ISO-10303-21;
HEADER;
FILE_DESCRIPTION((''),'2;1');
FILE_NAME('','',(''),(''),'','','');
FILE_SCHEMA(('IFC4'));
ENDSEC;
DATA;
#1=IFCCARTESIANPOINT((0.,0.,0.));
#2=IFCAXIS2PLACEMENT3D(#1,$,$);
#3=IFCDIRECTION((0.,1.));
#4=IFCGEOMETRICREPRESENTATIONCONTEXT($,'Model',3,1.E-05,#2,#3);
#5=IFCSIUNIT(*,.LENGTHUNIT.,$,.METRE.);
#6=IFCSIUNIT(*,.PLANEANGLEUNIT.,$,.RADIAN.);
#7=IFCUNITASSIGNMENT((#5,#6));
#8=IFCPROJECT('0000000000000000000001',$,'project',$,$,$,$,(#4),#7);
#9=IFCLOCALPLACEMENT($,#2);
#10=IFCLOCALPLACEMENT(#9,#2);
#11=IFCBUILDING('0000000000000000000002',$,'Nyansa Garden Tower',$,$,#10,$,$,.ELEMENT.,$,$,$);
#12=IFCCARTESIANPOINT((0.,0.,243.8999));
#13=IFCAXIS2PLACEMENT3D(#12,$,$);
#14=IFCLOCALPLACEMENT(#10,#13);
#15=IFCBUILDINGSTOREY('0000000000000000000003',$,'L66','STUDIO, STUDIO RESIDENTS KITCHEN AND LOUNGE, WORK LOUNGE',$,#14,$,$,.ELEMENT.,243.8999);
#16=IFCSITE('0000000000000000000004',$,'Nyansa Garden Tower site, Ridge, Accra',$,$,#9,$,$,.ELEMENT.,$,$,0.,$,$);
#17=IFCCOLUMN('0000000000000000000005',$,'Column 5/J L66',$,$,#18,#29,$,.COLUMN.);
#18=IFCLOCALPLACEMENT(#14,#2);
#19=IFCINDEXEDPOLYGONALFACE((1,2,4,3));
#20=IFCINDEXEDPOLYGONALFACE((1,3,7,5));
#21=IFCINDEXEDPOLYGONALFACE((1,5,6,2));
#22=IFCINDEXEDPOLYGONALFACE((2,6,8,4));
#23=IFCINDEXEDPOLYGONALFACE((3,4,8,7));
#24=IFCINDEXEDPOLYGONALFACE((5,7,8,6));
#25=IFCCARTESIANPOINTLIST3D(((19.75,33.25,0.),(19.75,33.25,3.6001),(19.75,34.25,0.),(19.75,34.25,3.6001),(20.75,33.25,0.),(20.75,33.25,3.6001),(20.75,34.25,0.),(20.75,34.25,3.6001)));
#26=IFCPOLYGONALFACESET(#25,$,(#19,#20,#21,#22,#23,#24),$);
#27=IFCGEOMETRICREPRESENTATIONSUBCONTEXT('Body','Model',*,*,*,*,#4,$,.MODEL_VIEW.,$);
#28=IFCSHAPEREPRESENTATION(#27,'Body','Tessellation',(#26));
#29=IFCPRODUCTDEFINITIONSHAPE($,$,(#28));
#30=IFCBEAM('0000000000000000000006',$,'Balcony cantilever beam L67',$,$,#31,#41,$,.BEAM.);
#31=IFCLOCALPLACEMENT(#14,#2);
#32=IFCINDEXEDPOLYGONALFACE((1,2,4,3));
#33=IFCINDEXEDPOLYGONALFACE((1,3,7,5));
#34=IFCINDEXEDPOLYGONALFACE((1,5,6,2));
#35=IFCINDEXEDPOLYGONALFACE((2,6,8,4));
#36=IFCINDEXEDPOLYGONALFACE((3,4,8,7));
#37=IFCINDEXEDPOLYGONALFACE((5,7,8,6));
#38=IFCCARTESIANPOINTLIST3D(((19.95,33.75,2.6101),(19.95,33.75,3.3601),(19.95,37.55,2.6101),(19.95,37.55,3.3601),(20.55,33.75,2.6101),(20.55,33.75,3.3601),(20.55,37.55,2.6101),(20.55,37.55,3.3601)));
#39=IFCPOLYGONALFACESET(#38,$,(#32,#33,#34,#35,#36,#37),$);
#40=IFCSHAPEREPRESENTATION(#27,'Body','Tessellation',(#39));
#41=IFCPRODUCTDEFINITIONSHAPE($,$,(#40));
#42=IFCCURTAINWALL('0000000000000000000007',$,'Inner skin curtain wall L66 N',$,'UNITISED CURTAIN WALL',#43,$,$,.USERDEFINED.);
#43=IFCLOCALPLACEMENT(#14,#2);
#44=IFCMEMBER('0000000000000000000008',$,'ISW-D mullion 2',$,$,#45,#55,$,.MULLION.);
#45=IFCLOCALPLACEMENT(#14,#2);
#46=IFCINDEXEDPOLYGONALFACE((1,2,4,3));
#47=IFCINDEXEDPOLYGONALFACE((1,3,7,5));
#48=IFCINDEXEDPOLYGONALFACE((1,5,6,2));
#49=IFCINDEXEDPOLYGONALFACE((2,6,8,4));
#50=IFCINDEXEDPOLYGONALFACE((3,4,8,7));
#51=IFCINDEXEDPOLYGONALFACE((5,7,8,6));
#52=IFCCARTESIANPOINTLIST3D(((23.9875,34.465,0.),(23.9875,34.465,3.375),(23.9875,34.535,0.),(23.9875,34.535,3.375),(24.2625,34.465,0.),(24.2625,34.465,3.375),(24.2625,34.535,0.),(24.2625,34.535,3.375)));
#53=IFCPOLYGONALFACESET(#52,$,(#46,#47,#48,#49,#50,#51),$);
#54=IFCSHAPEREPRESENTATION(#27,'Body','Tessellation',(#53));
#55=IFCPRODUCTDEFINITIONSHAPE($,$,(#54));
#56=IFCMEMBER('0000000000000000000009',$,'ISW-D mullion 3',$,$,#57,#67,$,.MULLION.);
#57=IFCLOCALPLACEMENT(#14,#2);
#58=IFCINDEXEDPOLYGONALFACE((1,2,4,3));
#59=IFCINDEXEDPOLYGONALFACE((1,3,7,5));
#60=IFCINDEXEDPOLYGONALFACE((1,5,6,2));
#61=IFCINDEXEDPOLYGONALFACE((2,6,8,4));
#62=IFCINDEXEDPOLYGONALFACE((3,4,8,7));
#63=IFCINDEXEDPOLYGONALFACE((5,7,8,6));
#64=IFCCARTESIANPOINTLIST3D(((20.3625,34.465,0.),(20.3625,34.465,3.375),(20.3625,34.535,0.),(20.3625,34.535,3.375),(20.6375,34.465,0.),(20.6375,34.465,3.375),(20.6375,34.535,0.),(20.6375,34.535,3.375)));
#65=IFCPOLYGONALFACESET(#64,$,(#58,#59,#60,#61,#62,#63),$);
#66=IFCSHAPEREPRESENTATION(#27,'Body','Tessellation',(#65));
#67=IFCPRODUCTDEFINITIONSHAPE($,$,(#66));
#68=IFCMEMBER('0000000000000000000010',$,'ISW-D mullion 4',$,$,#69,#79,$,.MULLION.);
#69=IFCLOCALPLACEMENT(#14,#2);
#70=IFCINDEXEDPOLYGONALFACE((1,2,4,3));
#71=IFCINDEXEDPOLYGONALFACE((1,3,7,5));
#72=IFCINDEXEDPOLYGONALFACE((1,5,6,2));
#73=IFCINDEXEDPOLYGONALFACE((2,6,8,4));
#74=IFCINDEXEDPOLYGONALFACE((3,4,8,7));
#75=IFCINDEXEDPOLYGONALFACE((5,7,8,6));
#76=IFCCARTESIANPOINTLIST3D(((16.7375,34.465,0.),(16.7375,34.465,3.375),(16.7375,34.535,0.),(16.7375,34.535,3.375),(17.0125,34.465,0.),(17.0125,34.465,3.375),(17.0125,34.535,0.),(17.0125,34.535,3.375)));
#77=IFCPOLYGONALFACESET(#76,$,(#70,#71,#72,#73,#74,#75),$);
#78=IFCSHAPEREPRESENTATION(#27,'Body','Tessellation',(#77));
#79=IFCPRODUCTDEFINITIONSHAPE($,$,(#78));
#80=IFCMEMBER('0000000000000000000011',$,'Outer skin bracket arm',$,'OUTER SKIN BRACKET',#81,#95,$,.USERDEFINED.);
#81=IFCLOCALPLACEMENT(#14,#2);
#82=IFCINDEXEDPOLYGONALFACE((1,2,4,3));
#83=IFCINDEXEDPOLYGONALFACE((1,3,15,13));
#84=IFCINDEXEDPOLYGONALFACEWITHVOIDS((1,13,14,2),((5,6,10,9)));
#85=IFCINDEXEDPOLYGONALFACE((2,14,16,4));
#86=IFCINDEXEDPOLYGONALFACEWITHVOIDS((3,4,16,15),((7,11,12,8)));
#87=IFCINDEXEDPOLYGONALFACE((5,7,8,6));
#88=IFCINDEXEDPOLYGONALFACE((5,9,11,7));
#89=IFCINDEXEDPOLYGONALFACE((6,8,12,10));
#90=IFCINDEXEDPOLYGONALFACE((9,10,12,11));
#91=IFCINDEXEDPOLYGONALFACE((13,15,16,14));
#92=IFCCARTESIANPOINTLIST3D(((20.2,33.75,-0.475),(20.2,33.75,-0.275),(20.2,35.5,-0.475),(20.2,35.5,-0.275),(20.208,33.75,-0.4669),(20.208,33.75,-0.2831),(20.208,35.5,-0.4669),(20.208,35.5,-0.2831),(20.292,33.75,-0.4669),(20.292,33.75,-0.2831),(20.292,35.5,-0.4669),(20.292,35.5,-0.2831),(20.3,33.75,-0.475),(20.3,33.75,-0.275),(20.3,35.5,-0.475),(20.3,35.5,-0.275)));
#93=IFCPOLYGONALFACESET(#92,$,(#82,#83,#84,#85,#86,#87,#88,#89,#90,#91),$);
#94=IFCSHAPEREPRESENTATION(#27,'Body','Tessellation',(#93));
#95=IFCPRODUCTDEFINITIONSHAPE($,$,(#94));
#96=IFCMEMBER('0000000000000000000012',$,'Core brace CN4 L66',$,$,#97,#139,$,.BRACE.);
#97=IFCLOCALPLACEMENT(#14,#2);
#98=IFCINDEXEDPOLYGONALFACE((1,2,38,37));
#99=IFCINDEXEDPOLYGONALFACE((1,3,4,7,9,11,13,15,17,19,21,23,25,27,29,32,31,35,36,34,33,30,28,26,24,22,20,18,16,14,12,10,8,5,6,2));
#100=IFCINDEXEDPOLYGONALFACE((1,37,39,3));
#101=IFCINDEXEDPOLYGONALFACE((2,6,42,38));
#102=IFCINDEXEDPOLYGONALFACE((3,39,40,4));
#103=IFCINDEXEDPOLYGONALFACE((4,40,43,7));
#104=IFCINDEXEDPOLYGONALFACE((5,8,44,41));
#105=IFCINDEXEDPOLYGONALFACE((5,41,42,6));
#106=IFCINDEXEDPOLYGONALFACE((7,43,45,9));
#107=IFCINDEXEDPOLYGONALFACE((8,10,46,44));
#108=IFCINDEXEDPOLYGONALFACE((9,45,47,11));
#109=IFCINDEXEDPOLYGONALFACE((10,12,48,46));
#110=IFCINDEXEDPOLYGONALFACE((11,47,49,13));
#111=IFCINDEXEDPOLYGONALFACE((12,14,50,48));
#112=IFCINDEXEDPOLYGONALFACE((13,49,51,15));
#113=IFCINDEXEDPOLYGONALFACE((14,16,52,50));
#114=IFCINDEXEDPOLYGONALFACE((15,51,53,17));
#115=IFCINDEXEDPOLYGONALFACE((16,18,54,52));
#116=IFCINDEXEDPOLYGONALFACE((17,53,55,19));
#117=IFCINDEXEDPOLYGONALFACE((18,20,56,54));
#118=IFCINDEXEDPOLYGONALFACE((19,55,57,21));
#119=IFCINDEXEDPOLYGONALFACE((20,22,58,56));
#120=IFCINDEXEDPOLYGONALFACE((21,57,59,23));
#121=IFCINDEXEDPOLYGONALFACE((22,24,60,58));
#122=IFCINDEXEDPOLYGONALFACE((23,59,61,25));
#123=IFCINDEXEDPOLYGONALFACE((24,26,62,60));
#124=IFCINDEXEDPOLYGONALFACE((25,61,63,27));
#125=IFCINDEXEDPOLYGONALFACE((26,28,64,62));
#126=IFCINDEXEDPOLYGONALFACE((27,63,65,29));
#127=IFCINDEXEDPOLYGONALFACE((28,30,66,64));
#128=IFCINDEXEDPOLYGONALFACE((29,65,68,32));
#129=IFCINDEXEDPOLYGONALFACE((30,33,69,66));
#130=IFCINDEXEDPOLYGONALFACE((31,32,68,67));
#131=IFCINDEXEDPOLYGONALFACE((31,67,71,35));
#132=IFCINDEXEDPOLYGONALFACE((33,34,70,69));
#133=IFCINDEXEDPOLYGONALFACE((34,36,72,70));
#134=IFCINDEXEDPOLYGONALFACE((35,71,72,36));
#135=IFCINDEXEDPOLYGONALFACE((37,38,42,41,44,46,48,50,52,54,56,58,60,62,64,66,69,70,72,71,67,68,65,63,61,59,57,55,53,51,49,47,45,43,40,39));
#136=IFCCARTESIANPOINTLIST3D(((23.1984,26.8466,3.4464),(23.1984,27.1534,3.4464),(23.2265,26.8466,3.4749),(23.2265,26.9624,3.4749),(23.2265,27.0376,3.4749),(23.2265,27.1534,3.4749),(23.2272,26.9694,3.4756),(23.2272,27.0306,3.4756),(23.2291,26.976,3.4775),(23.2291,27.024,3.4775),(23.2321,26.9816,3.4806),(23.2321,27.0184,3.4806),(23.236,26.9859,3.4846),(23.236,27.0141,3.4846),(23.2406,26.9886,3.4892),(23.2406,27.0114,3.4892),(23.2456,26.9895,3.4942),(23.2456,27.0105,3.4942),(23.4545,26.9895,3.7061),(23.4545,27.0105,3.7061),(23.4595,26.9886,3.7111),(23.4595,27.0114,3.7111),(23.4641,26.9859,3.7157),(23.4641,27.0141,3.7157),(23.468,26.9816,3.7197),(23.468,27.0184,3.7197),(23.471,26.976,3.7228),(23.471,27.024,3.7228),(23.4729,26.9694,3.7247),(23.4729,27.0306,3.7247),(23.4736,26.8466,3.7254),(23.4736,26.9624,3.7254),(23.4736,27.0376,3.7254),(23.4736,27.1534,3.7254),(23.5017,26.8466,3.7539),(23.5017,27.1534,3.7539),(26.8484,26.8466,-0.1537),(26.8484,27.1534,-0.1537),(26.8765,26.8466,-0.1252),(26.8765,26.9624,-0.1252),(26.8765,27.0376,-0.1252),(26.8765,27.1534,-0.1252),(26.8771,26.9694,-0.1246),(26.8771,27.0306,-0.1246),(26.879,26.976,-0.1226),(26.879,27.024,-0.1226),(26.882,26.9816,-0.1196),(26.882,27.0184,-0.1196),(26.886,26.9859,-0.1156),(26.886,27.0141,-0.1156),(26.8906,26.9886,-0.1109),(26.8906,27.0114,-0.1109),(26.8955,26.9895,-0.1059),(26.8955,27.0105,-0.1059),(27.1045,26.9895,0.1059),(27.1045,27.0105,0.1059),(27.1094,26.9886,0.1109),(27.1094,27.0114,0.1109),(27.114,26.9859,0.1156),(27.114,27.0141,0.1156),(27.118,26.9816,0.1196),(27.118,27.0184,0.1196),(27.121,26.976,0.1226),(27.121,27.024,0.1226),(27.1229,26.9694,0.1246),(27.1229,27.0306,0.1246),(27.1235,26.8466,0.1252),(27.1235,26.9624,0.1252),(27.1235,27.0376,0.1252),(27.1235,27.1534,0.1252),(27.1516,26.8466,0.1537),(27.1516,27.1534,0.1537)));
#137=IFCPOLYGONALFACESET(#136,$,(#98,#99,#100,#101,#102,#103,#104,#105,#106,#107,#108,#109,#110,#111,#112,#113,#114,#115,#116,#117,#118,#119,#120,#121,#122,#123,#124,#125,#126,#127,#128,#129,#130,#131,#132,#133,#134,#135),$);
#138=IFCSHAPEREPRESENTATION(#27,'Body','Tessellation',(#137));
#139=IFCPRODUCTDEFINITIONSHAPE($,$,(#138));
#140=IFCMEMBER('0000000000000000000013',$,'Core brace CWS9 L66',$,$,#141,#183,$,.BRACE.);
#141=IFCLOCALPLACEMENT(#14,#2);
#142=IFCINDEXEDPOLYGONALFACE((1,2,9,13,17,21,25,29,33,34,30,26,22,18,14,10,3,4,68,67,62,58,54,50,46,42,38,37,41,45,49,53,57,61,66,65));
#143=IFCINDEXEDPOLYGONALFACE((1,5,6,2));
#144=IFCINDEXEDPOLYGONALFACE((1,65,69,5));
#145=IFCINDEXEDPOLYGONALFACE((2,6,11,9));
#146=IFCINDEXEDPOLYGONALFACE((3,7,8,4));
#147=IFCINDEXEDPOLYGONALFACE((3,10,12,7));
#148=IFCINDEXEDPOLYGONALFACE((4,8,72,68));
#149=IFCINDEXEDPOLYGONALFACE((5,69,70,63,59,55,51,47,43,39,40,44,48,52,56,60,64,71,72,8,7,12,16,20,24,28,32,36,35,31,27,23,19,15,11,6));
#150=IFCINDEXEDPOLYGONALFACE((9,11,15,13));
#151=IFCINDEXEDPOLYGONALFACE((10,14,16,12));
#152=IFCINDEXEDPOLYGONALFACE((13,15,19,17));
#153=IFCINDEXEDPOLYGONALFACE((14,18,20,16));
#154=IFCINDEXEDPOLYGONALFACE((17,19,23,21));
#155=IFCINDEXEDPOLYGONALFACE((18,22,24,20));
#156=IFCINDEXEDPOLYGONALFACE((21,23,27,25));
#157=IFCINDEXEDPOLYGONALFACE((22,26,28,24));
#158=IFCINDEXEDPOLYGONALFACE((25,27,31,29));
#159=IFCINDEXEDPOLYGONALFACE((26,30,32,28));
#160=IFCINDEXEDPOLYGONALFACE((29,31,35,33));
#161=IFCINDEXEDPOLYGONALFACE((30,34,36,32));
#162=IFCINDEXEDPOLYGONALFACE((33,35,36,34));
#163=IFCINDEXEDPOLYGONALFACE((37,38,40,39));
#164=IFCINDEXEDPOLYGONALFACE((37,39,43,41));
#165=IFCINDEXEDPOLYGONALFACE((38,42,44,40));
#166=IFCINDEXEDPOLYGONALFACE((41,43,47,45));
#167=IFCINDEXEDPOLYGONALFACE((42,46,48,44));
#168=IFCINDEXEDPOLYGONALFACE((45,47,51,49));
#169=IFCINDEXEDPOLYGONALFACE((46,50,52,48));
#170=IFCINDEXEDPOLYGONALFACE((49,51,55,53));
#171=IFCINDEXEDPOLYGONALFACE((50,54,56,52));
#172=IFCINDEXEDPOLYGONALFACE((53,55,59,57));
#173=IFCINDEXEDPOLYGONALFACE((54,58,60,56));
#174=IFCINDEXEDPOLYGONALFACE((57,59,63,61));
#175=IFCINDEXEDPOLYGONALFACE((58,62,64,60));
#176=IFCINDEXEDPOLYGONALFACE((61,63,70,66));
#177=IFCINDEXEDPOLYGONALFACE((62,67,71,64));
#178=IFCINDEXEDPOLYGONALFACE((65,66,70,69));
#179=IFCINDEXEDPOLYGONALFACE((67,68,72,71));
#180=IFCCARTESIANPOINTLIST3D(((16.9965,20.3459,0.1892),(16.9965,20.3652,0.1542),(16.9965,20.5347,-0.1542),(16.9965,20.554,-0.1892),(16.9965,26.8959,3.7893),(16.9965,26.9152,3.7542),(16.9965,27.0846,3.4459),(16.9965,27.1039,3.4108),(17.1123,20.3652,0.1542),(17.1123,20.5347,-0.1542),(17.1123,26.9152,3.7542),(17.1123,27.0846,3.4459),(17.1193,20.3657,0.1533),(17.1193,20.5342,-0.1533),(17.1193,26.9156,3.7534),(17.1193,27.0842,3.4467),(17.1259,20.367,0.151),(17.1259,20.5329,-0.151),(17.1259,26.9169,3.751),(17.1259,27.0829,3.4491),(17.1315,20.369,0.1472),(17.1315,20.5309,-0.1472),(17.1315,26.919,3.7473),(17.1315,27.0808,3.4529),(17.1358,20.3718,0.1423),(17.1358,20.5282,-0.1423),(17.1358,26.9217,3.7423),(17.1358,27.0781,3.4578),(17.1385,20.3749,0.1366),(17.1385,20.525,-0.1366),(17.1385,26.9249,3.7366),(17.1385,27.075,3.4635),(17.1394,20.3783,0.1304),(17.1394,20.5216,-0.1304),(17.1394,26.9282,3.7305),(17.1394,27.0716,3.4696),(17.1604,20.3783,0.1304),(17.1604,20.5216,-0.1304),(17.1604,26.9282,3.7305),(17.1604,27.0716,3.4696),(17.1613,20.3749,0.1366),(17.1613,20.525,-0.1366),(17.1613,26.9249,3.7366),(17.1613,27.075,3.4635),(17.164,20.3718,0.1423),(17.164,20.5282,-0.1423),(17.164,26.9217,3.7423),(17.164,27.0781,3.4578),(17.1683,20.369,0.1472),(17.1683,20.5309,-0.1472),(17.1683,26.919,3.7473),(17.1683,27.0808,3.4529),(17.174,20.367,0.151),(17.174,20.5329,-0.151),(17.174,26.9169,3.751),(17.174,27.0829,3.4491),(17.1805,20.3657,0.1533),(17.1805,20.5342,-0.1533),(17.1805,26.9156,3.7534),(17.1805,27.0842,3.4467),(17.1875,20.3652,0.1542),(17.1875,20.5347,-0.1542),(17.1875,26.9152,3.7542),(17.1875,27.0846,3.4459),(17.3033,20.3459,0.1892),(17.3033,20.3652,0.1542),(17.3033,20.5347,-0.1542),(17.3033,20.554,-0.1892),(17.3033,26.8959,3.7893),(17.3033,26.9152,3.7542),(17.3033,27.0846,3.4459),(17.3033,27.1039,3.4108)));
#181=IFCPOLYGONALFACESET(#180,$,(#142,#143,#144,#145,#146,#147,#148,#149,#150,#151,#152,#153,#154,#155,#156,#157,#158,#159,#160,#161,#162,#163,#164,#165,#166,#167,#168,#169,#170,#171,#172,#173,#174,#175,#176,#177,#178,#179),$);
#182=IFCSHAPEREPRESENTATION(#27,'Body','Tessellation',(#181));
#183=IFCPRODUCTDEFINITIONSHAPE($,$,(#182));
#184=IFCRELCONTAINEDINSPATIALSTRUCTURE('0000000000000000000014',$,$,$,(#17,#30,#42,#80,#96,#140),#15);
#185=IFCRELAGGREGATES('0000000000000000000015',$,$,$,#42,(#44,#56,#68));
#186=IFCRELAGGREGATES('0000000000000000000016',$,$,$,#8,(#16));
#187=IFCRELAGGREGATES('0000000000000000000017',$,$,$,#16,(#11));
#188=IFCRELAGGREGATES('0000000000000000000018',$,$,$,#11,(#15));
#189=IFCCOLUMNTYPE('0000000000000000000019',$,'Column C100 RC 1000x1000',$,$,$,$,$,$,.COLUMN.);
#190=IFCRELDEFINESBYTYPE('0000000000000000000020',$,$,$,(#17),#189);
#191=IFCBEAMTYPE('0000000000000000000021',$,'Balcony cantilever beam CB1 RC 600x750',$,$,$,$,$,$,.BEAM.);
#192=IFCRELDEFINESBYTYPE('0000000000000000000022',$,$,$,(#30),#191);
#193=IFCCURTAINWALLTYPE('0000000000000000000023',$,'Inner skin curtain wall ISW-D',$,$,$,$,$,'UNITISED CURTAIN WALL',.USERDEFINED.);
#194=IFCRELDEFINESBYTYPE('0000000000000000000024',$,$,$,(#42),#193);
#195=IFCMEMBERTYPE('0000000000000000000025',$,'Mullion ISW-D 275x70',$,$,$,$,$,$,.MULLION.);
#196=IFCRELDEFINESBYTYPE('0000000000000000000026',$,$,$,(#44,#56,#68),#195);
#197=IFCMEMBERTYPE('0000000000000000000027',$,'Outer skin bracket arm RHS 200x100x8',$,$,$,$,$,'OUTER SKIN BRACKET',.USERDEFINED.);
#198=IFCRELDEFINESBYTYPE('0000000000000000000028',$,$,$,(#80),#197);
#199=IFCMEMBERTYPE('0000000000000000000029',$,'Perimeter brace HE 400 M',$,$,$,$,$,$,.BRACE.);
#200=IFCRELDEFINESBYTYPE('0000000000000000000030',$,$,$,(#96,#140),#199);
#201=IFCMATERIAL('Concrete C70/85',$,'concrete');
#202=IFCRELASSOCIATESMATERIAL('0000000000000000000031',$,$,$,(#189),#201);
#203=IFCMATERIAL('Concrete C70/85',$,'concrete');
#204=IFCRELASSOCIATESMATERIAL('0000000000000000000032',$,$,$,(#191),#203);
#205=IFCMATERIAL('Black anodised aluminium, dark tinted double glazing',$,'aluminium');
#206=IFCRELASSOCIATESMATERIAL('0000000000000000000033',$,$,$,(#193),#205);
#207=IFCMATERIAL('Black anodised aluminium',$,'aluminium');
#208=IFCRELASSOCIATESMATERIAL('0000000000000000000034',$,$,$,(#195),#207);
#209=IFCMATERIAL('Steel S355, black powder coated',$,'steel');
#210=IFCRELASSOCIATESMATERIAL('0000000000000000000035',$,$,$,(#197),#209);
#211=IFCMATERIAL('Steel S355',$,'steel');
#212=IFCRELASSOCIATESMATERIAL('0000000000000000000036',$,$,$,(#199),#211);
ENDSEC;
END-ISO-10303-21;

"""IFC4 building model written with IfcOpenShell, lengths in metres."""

from ifc_helpers import new_model, si_unit, direction, frame, origin, origin_2d, place, context, subcontext, project, spatial, rectangle, hollow_rectangle, i_section, extrude, material, material_profile, profile_set, type_object, element, aggregate, save


model = new_model("IFC4")

# Units and contexts
model_context = context("Model", 3, precision=1e-05, world=origin(), true_north=direction((0.0, 1.0)))
body_context = subcontext(model_context, "Body", "Model", "MODEL_VIEW")
ifc_project = project(units=[si_unit("LENGTHUNIT", "METRE"), si_unit("PLANEANGLEUNIT", "RADIAN")], contexts=[model_context])

# Site, building, storey
site_placement = place(None, origin())
site = spatial("IfcSite", under=ifc_project, at=site_placement, Name="Nyansa Garden Tower site, Ridge, Accra", CompositionType="ELEMENT", RefElevation=0.0)
building_placement = place(site_placement, origin())
building = spatial("IfcBuilding", under=site, at=building_placement, Name="Nyansa Garden Tower", CompositionType="ELEMENT")
storey_placement = place(building_placement, frame((0.0, 0.0, 243.8999)))
storey = spatial("IfcBuildingStorey", under=building, at=storey_placement, Name="L66", Description="STUDIO, STUDIO RESIDENTS KITCHEN AND LOUNGE, WORK LOUNGE", CompositionType="ELEMENT", Elevation=243.8999)

# Column
ifc_material_1 = material(Name="Concrete C70/85", Category="concrete")
ifc_material_profile_1 = material_profile(ifc_material_1, rectangle(XDim=1.0, YDim=1.0, at=origin_2d()), Name="RC 1000x1000")
ifc_profile_set_1 = profile_set([ifc_material_profile_1], Name="Concrete C70/85")
column_type = type_object("IfcColumnType", Name="Column C100 RC 1000x1000", PredefinedType="COLUMN", material=ifc_profile_set_1)
column_placement = place(storey_placement, frame((20.25, 33.75, 0.0), z_axis=(0.0, 0.0, 1.0), x_axis=(1.0, 0.0, 0.0)))
element("IfcColumn", 1, at=column_placement, inside=storey, type_object=column_type, Name="Column 5/J L66", PredefinedType="COLUMN", context=body_context, shape_type="SweptSolid", body=[
    extrude(rectangle(XDim=1.0, YDim=1.0, at=origin_2d()), origin(), (0.0, 0.0, 1.0), 3.6001),
])

# Beam
ifc_material_2 = material(Name="Concrete C70/85", Category="concrete")
ifc_material_profile_2 = material_profile(ifc_material_2, rectangle(XDim=0.6001, YDim=0.75, at=origin_2d()), Name="RC 600x750")
ifc_profile_set_2 = profile_set([ifc_material_profile_2], Name="Concrete C70/85")
beam_type_1 = type_object("IfcBeamType", Name="Balcony cantilever beam CB1 RC 600x750", PredefinedType="BEAM", material=ifc_profile_set_2)
beam_1_placement = place(storey_placement, frame((20.25, 33.75, 2.9851), z_axis=(0.0, 1.0, 0.0), x_axis=(-1.0, 0.0, 0.0)))
element("IfcBeam", 2, at=beam_1_placement, inside=storey, type_object=beam_type_1, Name="Balcony cantilever beam L67", PredefinedType="BEAM", context=body_context, shape_type="SweptSolid", body=[
    extrude(rectangle(XDim=0.6001, YDim=0.75, at=origin_2d()), origin(), (0.0, 0.0, 1.0), 3.8),
])

# Curtain wall, members
ifc_material_3 = material(Name="Black anodised aluminium, dark tinted double glazing", Category="aluminium")
curtain_wall_type = type_object("IfcCurtainWallType", Name="Inner skin curtain wall ISW-D", ElementType="UNITISED CURTAIN WALL", PredefinedType="USERDEFINED", material=ifc_material_3)
curtain_wall_placement = place(storey_placement, origin())
curtain_wall = element("IfcCurtainWall", 3, at=curtain_wall_placement, inside=storey, type_object=curtain_wall_type, Name="Inner skin curtain wall L66 N", ObjectType="UNITISED CURTAIN WALL", PredefinedType="USERDEFINED")
ifc_material_4 = material(Name="Black anodised aluminium", Category="aluminium")
ifc_material_profile_3 = material_profile(ifc_material_4, rectangle(XDim=0.0701, YDim=0.2749, at=origin_2d()), Name="Mullion 275x70")
ifc_profile_set_3 = profile_set([ifc_material_profile_3], Name="Black anodised aluminium")
member_type_1 = type_object("IfcMemberType", Name="Mullion ISW-D 275x70", PredefinedType="MULLION", material=ifc_profile_set_3)
member_1_placement = place(storey_placement, frame((24.125, 34.5, 0.0), z_axis=(0.0, 0.0, 1.0), x_axis=(0.0, -1.0, 0.0)))
member_1 = element("IfcMember", 4, at=member_1_placement, type_object=member_type_1, Name="ISW-D mullion 2", PredefinedType="MULLION", context=body_context, shape_type="SweptSolid", body=[
    extrude(rectangle(XDim=0.0701, YDim=0.2749, at=origin_2d()), origin(), (0.0, 0.0, 1.0), 3.375),
])
member_2_placement = place(storey_placement, frame((20.5, 34.5, 0.0), z_axis=(0.0, 0.0, 1.0), x_axis=(0.0, -1.0, 0.0)))
member_2 = element("IfcMember", 5, at=member_2_placement, type_object=member_type_1, Name="ISW-D mullion 3", PredefinedType="MULLION", context=body_context, shape_type="SweptSolid", body=[
    extrude(rectangle(XDim=0.0701, YDim=0.2749, at=origin_2d()), origin(), (0.0, 0.0, 1.0), 3.375),
])
member_3_placement = place(storey_placement, frame((16.875, 34.5, 0.0), z_axis=(0.0, 0.0, 1.0), x_axis=(0.0, -1.0, 0.0)))
member_3 = element("IfcMember", 6, at=member_3_placement, type_object=member_type_1, Name="ISW-D mullion 4", PredefinedType="MULLION", context=body_context, shape_type="SweptSolid", body=[
    extrude(rectangle(XDim=0.0701, YDim=0.2749, at=origin_2d()), origin(), (0.0, 0.0, 1.0), 3.375),
])

# Members
ifc_material_5 = material(Name="Steel S355, black powder coated", Category="steel")
ifc_material_profile_4 = material_profile(ifc_material_5, hollow_rectangle(XDim=0.1001, YDim=0.2, WallThickness=0.0081, at=origin_2d()), Name="RHS 200x100x8")
ifc_profile_set_4 = profile_set([ifc_material_profile_4], Name="Steel S355, black powder coated")
member_type_2 = type_object("IfcMemberType", Name="Outer skin bracket arm RHS 200x100x8", ElementType="OUTER SKIN BRACKET", PredefinedType="USERDEFINED", material=ifc_profile_set_4)
member_4_placement = place(storey_placement, frame((20.25, 33.75, -0.375), z_axis=(0.0, 1.0, 0.0), x_axis=(-1.0, 0.0, 0.0)))
element("IfcMember", 7, at=member_4_placement, inside=storey, type_object=member_type_2, Name="Outer skin bracket arm", ObjectType="OUTER SKIN BRACKET", PredefinedType="USERDEFINED", context=body_context, shape_type="SweptSolid", body=[
    extrude(hollow_rectangle(XDim=0.1001, YDim=0.2, WallThickness=0.0081, at=origin_2d()), origin(), (0.0, 0.0, 1.0), 1.75),
])
ifc_material_6 = material(Name="Steel S355", Category="steel")
ifc_material_profile_5 = material_profile(ifc_material_6, i_section(OverallWidth=0.3069, OverallDepth=0.4319, WebThickness=0.021, FlangeThickness=0.04, FilletRadius=0.0271, at=origin_2d()), Name="HE 400 M")
ifc_profile_set_5 = profile_set([ifc_material_profile_5], Name="Steel S355")
member_type_3 = type_object("IfcMemberType", Name="Perimeter brace HE 400 M", PredefinedType="BRACE", material=ifc_profile_set_5)
member_5_placement = place(storey_placement, frame((27.0, 27.0, 0.0), z_axis=(-0.711948, 0.0, 0.702233), x_axis=(0.0, -1.0, 0.0)))
element("IfcMember", 8, at=member_5_placement, inside=storey, type_object=member_type_3, Name="Core brace CN4 L66", PredefinedType="BRACE", context=body_context, shape_type="SweptSolid", body=[
    extrude(i_section(OverallWidth=0.3069, OverallDepth=0.4319, WebThickness=0.021, FlangeThickness=0.04, FilletRadius=0.0271, at=origin_2d()), origin(), (0.0, 0.0, 1.0), 5.1267),
])
for number, where, z_axis, x_axis, name in (
    (9, (17.1499, 20.45, 0.0), (0.0, 0.876353, 0.481669), (-1.0, 0.0, 0.0), "Core brace CWS9 L66"),
):
    element("IfcMember", number, at=place(storey_placement, frame(where, z_axis=z_axis, x_axis=x_axis)), inside=storey, type_object=member_type_3, Name=name, PredefinedType="BRACE", context=body_context, shape_type="SweptSolid", body=[
        extrude(i_section(OverallWidth=0.3069, OverallDepth=0.4319, WebThickness=0.021, FlangeThickness=0.04, FilletRadius=0.0271, at=origin_2d()), origin(), (0.0, 0.0, 1.0), 7.4741),
    ])

aggregate(curtain_wall, [member_1, member_2, member_3])

save(model, "model.ifc")
